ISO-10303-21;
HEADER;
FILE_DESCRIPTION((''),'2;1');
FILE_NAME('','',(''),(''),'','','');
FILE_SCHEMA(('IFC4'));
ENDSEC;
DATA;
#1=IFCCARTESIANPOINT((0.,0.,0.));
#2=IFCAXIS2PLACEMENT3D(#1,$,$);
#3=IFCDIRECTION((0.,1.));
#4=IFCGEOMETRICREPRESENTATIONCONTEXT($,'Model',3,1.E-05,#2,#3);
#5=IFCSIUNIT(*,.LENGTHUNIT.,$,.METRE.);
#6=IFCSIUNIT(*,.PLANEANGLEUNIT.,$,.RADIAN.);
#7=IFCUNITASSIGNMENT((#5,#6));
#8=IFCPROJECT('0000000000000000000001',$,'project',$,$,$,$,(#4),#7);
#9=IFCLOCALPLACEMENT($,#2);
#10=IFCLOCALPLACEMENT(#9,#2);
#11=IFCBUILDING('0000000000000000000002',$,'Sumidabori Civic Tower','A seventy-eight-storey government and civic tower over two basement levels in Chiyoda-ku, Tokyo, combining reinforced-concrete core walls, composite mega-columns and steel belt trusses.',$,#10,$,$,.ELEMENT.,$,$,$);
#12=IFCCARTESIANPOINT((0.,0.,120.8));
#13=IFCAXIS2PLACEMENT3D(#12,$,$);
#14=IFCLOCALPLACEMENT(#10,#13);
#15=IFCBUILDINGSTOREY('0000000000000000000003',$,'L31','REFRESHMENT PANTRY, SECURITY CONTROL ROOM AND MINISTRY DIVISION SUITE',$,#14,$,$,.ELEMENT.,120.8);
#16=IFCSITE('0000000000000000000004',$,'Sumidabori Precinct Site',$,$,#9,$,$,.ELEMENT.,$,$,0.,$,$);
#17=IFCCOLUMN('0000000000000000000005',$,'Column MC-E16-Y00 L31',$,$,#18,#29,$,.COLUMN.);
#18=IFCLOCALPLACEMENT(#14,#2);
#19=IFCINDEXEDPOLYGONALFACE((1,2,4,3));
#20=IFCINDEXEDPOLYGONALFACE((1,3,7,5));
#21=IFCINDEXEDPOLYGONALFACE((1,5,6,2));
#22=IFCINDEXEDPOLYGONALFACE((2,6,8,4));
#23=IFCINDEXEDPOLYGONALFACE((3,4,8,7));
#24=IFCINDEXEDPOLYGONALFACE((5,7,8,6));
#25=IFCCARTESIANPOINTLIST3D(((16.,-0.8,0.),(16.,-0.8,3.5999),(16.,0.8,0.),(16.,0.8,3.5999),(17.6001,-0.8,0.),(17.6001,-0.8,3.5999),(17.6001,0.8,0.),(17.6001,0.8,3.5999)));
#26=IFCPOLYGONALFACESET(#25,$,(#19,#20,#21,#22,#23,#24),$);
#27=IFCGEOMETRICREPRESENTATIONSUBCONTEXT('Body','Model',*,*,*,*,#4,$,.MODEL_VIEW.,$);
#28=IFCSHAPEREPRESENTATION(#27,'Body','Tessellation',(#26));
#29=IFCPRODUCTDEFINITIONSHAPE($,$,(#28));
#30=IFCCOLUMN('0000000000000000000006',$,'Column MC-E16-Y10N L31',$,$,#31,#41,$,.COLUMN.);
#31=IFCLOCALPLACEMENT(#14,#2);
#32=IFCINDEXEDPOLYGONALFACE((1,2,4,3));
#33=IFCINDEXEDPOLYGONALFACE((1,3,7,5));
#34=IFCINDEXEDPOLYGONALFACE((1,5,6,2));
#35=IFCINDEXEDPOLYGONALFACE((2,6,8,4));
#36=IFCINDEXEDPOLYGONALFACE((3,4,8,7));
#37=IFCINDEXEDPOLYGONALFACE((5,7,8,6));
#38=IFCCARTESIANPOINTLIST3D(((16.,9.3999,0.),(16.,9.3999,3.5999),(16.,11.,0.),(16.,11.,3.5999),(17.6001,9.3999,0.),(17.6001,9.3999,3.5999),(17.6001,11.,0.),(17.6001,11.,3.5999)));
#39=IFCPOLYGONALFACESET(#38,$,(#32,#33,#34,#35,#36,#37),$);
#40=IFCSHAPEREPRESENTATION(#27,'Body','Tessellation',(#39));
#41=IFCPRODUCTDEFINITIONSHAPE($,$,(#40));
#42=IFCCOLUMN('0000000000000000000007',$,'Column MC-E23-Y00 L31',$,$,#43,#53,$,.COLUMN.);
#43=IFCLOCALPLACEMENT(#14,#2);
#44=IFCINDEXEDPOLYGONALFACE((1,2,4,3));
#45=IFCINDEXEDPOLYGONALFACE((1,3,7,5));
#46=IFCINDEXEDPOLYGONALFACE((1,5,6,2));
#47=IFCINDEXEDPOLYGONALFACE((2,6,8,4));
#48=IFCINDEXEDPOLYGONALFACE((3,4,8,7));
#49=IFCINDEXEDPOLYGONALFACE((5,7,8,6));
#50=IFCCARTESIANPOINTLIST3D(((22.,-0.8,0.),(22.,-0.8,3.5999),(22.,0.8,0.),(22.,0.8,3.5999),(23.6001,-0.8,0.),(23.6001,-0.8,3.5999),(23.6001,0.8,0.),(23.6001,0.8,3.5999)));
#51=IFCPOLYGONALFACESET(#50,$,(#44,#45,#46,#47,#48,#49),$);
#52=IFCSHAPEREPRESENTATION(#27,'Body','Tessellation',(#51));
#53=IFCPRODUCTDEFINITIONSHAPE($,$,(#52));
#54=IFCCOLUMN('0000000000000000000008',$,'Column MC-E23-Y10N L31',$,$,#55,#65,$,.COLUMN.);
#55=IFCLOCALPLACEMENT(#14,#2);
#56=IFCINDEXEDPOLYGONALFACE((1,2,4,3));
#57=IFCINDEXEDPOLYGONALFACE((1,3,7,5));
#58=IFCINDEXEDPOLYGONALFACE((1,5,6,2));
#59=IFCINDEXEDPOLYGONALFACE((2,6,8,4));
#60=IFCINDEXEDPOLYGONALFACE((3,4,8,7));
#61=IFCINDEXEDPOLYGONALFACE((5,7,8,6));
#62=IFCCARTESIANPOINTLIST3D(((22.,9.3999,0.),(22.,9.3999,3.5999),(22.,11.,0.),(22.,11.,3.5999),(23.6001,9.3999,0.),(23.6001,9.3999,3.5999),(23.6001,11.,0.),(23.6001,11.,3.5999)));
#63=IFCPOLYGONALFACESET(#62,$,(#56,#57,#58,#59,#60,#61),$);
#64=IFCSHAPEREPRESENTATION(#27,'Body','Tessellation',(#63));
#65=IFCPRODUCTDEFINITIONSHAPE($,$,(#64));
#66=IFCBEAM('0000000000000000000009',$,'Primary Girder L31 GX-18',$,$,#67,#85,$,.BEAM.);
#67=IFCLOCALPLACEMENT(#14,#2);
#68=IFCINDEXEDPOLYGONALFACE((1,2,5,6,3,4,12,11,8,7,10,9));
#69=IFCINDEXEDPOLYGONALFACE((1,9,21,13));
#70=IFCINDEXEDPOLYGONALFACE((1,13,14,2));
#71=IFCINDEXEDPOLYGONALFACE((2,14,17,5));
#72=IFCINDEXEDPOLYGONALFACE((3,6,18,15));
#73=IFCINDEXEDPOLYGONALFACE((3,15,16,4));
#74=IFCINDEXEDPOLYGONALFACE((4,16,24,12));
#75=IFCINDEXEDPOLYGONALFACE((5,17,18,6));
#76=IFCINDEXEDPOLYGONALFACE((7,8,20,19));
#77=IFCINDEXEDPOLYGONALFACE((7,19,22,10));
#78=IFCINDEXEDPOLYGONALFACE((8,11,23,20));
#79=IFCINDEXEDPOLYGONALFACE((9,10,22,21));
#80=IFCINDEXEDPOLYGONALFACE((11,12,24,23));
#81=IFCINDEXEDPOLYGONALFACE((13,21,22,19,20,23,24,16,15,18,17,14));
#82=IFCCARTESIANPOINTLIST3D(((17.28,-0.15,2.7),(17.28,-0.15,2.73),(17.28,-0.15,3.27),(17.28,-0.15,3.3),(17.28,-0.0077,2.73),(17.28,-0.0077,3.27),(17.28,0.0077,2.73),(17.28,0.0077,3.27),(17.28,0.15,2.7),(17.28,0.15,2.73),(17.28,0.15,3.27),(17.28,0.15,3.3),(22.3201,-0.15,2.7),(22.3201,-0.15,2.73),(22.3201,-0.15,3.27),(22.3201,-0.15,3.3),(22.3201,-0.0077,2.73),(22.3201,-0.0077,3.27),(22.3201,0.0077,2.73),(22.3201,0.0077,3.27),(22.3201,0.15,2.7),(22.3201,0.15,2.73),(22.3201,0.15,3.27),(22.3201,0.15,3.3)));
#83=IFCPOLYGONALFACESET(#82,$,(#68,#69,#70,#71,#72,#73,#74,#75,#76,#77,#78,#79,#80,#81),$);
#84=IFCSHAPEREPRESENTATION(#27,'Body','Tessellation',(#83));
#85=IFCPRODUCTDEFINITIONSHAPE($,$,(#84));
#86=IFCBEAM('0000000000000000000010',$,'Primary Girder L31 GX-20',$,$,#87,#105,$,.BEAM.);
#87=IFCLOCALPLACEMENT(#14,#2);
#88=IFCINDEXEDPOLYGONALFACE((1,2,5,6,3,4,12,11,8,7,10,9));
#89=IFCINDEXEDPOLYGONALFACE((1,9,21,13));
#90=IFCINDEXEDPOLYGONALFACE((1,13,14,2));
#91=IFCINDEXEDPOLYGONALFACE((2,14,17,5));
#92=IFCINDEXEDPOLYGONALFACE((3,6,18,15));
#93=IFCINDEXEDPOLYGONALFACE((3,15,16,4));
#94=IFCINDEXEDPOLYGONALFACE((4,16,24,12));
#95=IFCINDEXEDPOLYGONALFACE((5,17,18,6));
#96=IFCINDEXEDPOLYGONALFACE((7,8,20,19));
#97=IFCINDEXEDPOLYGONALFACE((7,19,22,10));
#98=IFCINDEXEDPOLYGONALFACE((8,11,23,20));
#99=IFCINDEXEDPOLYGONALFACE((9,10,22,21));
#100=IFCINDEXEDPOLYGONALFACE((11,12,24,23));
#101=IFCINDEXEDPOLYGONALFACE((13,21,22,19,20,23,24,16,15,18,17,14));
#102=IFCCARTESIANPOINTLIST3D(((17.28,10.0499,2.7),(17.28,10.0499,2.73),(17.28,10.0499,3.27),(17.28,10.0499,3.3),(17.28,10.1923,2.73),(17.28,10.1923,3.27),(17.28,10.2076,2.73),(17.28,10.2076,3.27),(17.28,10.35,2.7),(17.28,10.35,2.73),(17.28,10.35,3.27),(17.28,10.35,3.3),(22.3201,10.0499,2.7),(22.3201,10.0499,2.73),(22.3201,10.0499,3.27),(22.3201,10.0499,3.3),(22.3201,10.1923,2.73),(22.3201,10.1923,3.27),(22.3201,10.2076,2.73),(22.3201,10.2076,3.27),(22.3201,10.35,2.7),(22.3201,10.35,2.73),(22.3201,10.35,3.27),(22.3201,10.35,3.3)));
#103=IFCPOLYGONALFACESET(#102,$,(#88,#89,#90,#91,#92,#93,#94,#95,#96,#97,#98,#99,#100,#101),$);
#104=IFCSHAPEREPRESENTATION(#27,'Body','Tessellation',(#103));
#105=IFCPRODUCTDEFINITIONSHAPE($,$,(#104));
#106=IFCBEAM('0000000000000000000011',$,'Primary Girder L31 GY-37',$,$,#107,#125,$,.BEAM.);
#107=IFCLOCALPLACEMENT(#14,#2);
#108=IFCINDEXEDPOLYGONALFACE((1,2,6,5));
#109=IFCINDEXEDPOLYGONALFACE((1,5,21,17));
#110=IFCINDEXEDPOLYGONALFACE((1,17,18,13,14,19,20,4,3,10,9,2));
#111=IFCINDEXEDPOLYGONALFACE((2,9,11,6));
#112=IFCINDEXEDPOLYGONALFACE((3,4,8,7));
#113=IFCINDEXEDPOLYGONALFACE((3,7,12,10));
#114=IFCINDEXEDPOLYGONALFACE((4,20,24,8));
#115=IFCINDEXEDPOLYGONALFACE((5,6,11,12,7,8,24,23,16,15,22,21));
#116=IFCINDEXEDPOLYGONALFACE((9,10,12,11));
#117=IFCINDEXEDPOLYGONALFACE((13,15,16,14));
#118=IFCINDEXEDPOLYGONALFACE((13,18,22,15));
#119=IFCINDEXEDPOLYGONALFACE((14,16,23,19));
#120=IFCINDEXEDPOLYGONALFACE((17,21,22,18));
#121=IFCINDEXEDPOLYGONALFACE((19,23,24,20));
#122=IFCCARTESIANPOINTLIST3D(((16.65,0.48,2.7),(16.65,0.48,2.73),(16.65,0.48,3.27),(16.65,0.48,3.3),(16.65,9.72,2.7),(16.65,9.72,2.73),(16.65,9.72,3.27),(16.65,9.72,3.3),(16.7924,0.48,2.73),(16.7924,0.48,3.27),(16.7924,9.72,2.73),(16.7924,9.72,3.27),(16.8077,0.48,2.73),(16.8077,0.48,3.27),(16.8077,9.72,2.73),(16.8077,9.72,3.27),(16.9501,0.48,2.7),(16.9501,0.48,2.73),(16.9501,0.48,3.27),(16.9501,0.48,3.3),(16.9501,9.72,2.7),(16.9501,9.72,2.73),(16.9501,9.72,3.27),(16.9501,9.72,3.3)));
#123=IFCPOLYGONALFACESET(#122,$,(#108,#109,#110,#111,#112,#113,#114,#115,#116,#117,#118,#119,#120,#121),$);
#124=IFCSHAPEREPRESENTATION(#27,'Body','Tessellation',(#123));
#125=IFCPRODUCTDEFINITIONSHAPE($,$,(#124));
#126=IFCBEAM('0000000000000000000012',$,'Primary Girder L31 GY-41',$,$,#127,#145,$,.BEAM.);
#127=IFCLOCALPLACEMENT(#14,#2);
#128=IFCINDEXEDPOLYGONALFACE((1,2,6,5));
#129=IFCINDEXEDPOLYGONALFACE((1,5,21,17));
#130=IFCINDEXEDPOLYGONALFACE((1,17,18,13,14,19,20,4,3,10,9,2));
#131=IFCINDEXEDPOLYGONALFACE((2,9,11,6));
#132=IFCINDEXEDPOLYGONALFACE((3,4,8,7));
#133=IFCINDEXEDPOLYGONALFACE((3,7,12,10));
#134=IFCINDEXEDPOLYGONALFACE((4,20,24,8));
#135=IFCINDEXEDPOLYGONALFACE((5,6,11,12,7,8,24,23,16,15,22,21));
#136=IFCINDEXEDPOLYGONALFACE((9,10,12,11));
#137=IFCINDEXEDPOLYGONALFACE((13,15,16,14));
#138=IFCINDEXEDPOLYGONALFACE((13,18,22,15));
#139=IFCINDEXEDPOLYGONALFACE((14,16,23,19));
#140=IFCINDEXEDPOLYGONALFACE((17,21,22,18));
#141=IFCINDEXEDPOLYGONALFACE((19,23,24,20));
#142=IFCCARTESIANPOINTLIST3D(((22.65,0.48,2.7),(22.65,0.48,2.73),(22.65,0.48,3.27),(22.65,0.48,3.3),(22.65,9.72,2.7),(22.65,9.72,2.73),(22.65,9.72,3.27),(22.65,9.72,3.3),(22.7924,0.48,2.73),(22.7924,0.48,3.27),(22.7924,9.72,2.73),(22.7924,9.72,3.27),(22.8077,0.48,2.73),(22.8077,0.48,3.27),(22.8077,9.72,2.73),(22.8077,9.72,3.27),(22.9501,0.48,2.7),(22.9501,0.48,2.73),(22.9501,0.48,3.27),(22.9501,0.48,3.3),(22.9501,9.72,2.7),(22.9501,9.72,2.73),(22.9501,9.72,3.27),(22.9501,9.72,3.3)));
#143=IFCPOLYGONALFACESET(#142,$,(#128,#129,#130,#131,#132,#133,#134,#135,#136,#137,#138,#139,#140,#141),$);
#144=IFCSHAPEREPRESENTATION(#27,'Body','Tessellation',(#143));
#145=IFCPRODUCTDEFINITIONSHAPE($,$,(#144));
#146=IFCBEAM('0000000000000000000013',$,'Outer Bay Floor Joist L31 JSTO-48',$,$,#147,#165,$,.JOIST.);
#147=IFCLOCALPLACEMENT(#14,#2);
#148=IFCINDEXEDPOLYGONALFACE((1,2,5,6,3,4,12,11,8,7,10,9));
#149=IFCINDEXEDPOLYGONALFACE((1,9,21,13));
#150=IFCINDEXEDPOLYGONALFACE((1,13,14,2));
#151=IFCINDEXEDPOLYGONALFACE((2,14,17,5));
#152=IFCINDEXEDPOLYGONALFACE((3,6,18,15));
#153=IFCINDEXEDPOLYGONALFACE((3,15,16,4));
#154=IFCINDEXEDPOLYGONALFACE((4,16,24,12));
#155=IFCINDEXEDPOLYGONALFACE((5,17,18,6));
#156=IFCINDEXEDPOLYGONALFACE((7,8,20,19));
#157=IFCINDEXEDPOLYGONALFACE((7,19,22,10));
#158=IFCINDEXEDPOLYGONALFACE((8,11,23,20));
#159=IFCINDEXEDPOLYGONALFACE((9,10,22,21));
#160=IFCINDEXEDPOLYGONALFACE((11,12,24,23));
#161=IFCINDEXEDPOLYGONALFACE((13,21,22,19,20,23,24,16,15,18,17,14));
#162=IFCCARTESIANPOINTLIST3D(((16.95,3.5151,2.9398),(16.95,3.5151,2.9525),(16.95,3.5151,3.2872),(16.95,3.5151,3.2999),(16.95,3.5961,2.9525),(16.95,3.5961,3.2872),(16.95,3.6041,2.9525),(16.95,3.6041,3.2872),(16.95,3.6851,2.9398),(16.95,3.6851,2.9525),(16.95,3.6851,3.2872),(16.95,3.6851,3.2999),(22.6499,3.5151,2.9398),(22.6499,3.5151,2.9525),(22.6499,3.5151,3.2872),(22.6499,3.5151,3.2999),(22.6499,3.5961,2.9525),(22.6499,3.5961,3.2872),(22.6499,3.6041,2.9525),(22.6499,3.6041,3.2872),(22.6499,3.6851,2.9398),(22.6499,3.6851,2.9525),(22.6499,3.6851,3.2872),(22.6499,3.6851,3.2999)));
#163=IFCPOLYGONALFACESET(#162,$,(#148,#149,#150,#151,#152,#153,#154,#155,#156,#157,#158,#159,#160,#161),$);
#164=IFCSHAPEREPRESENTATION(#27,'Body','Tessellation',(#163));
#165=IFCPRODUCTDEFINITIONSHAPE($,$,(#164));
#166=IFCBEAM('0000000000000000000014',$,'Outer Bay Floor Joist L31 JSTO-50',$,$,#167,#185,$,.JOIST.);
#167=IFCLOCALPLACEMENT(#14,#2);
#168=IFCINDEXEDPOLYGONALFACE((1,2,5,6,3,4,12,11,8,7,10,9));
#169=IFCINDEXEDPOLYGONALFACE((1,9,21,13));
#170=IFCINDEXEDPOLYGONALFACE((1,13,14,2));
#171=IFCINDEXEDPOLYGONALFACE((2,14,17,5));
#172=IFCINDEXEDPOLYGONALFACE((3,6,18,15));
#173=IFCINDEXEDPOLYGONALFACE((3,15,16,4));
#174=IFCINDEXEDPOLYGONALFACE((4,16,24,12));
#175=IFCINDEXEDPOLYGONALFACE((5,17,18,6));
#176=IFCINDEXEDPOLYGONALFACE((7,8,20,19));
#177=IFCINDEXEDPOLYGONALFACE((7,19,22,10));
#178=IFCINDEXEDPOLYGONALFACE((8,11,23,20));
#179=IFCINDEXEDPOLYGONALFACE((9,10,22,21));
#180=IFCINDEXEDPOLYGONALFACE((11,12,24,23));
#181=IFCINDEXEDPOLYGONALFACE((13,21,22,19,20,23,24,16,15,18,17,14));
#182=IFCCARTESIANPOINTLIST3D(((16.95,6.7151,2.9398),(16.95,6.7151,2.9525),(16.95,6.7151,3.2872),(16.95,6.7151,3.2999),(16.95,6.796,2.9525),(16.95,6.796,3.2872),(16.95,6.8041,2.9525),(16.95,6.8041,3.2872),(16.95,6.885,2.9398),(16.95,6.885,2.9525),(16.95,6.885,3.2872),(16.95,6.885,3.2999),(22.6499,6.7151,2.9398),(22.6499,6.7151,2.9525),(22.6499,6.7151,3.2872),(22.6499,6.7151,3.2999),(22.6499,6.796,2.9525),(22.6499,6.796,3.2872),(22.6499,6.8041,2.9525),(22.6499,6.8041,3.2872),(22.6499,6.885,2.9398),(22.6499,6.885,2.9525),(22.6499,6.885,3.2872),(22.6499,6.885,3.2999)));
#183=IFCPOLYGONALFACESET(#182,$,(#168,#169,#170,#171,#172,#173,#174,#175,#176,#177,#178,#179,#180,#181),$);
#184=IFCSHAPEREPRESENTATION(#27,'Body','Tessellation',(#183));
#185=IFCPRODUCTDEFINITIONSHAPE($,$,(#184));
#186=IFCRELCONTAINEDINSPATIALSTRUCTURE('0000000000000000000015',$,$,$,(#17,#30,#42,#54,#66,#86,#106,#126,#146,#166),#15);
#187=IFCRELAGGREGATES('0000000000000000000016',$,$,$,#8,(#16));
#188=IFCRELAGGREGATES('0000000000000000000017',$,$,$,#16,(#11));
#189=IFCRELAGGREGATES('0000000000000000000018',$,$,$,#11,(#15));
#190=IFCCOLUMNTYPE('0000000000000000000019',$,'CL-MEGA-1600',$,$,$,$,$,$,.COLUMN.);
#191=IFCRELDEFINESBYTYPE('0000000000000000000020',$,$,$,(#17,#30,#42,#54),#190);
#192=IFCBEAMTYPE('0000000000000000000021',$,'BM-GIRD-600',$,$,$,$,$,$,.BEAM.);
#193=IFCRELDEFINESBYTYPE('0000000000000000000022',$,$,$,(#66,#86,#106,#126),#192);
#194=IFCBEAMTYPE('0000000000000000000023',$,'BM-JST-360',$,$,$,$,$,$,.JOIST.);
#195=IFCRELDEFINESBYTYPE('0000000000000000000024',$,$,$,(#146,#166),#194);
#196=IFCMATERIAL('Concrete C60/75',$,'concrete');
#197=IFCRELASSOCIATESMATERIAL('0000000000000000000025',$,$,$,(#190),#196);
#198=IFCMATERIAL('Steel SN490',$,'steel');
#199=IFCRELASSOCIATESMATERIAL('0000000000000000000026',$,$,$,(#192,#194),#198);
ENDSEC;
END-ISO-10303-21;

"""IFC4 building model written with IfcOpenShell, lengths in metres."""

from ifc_helpers import new_model, si_unit, direction, frame, origin, origin_2d, place, context, subcontext, project, spatial, rectangle, i_section, extrude, source, transform, mapped, material, material_profile, profile_set, type_object, element, save


model = new_model("IFC4")

# Units and contexts
model_context = context("Model", 3, precision=1e-05, world=origin(), true_north=direction((0.0, 1.0)))
body_context = subcontext(model_context, "Body", "Model", "MODEL_VIEW")
ifc_project = project(units=[si_unit("LENGTHUNIT", "METRE"), si_unit("PLANEANGLEUNIT", "RADIAN")], contexts=[model_context])

# Site, building, storey
site_placement = place(None, origin())
site = spatial("IfcSite", under=ifc_project, at=site_placement, Name="Sumidabori Precinct Site", CompositionType="ELEMENT", RefElevation=0.0)
building_placement = place(site_placement, origin())
building = spatial("IfcBuilding", under=site, at=building_placement, Name="Sumidabori Civic Tower", Description="A seventy-eight-storey government and civic tower over two basement levels in Chiyoda-ku, Tokyo, combining reinforced-concrete core walls, composite mega-columns and steel belt trusses.", CompositionType="ELEMENT")
storey_placement = place(building_placement, frame((0.0, 0.0, 120.8)))
storey = spatial("IfcBuildingStorey", under=building, at=storey_placement, Name="L31", Description="REFRESHMENT PANTRY, SECURITY CONTROL ROOM AND MINISTRY DIVISION SUITE", CompositionType="ELEMENT", Elevation=120.8)

# Columns
ifc_material_1 = material(Name="Concrete C60/75", Category="concrete")
ifc_material_profile_1 = material_profile(ifc_material_1, rectangle(XDim=1.6001, YDim=1.6001, at=origin_2d()), Name="RC 1600x1600")
ifc_profile_set_1 = profile_set([ifc_material_profile_1], Name="Concrete C60/75")
column_type = type_object("IfcColumnType", Name="CL-MEGA-1600", PredefinedType="COLUMN", material=ifc_profile_set_1)
shared_shape_1 = source(origin(), body_context, "Body", "SweptSolid", [
    extrude(rectangle(XDim=1.6001, YDim=1.6001, at=origin_2d()), origin(), (0.0, 0.0, 1.0), 3.5999),
])
for number, where, z_axis, x_axis, name in (
    (1, (16.8, 0.0, 0.0), (0.0, 0.0, 1.0), (1.0, 0.0, 0.0), "Column MC-E16-Y00 L31"),
    (2, (16.8, 10.2, 0.0), (0.0, 0.0, 1.0), (1.0, 0.0, 0.0), "Column MC-E16-Y10N L31"),
    (3, (22.8, 0.0, 0.0), (0.0, 0.0, 1.0), (1.0, 0.0, 0.0), "Column MC-E23-Y00 L31"),
    (4, (22.8, 10.2, 0.0), (0.0, 0.0, 1.0), (1.0, 0.0, 0.0), "Column MC-E23-Y10N L31"),
):
    element("IfcColumn", number, at=place(storey_placement, frame(where, z_axis=z_axis, x_axis=x_axis)), inside=storey, type_object=column_type, Name=name, PredefinedType="COLUMN", context=body_context, shape_type="MappedRepresentation", body=[
        mapped(shared_shape_1, transform((0.0, 0.0, 0.0), x_axis=(1.0, 0.0, 0.0), y_axis=(0.0, 1.0, 0.0), z_axis=(0.0, 0.0, 1.0), scale=1.0)),
    ])

# Beams
ifc_material_2 = material(Name="Steel SN490", Category="steel")
ifc_material_profile_2 = material_profile(ifc_material_2, i_section(OverallWidth=0.3, OverallDepth=0.6001, WebThickness=0.0154, FlangeThickness=0.03, at=origin_2d()), Name="HE 600 B")
ifc_profile_set_2 = profile_set([ifc_material_profile_2], Name="Steel SN490")
beam_type_1 = type_object("IfcBeamType", Name="BM-GIRD-600", PredefinedType="BEAM", material=ifc_profile_set_2)
shared_shape_2 = source(origin(), body_context, "Body", "SweptSolid", [
    extrude(i_section(OverallWidth=0.3, OverallDepth=0.6001, WebThickness=0.0154, FlangeThickness=0.03, at=origin_2d()), origin(), (0.0, 0.0, 1.0), 5.04),
])
for number, where, z_axis, x_axis, name in (
    (5, (17.28, 0.0, 3.0), (1.0, 0.0, 0.0), (0.0, 1.0, 0.0), "Primary Girder L31 GX-18"),
    (6, (17.28, 10.2, 3.0), (1.0, 0.0, 0.0), (0.0, 1.0, 0.0), "Primary Girder L31 GX-20"),
):
    element("IfcBeam", number, at=place(storey_placement, frame(where, z_axis=z_axis, x_axis=x_axis)), inside=storey, type_object=beam_type_1, Name=name, PredefinedType="BEAM", context=body_context, shape_type="MappedRepresentation", body=[
        mapped(shared_shape_2, transform((0.0, 0.0, 0.0), x_axis=(1.0, 0.0, 0.0), y_axis=(0.0, 1.0, 0.0), z_axis=(0.0, 0.0, 1.0), scale=1.0)),
    ])
shared_shape_3 = source(origin(), body_context, "Body", "SweptSolid", [
    extrude(i_section(OverallWidth=0.3, OverallDepth=0.6001, WebThickness=0.0154, FlangeThickness=0.03, at=origin_2d()), origin(), (0.0, 0.0, 1.0), 9.24),
])
for number, where, z_axis, x_axis, name in (
    (7, (16.8, 0.48, 3.0), (0.0, 1.0, 0.0), (-1.0, 0.0, 0.0), "Primary Girder L31 GY-37"),
    (8, (22.8, 0.48, 3.0), (0.0, 1.0, 0.0), (-1.0, 0.0, 0.0), "Primary Girder L31 GY-41"),
):
    element("IfcBeam", number, at=place(storey_placement, frame(where, z_axis=z_axis, x_axis=x_axis)), inside=storey, type_object=beam_type_1, Name=name, PredefinedType="BEAM", context=body_context, shape_type="MappedRepresentation", body=[
        mapped(shared_shape_3, transform((0.0, 0.0, 0.0), x_axis=(1.0, 0.0, 0.0), y_axis=(0.0, 1.0, 0.0), z_axis=(0.0, 0.0, 1.0), scale=1.0)),
    ])
ifc_material_profile_3 = material_profile(ifc_material_2, i_section(OverallWidth=0.1699, OverallDepth=0.3601, WebThickness=0.0081, FlangeThickness=0.0127, at=origin_2d()), Name="IPE 360")
ifc_profile_set_3 = profile_set([ifc_material_profile_3], Name="Steel SN490")
beam_type_2 = type_object("IfcBeamType", Name="BM-JST-360", PredefinedType="JOIST", material=ifc_profile_set_3)
shared_shape_4 = source(origin(), body_context, "Body", "SweptSolid", [
    extrude(i_section(OverallWidth=0.1699, OverallDepth=0.3601, WebThickness=0.0081, FlangeThickness=0.0127, at=origin_2d()), origin(), (0.0, 0.0, 1.0), 5.7),
])
for number, where, z_axis, x_axis, name in (
    (9, (16.95, 3.6001, 3.1199), (1.0, 0.0, 0.0), (0.0, 1.0, 0.0), "Outer Bay Floor Joist L31 JSTO-48"),
    (10, (16.95, 6.8, 3.1199), (1.0, 0.0, 0.0), (0.0, 1.0, 0.0), "Outer Bay Floor Joist L31 JSTO-50"),
):
    element("IfcBeam", number, at=place(storey_placement, frame(where, z_axis=z_axis, x_axis=x_axis)), inside=storey, type_object=beam_type_2, Name=name, PredefinedType="JOIST", context=body_context, shape_type="MappedRepresentation", body=[
        mapped(shared_shape_4, transform((0.0, 0.0, 0.0), x_axis=(1.0, 0.0, 0.0), y_axis=(0.0, 1.0, 0.0), z_axis=(0.0, 0.0, 1.0), scale=1.0)),
    ])

save(model, "model.ifc")
